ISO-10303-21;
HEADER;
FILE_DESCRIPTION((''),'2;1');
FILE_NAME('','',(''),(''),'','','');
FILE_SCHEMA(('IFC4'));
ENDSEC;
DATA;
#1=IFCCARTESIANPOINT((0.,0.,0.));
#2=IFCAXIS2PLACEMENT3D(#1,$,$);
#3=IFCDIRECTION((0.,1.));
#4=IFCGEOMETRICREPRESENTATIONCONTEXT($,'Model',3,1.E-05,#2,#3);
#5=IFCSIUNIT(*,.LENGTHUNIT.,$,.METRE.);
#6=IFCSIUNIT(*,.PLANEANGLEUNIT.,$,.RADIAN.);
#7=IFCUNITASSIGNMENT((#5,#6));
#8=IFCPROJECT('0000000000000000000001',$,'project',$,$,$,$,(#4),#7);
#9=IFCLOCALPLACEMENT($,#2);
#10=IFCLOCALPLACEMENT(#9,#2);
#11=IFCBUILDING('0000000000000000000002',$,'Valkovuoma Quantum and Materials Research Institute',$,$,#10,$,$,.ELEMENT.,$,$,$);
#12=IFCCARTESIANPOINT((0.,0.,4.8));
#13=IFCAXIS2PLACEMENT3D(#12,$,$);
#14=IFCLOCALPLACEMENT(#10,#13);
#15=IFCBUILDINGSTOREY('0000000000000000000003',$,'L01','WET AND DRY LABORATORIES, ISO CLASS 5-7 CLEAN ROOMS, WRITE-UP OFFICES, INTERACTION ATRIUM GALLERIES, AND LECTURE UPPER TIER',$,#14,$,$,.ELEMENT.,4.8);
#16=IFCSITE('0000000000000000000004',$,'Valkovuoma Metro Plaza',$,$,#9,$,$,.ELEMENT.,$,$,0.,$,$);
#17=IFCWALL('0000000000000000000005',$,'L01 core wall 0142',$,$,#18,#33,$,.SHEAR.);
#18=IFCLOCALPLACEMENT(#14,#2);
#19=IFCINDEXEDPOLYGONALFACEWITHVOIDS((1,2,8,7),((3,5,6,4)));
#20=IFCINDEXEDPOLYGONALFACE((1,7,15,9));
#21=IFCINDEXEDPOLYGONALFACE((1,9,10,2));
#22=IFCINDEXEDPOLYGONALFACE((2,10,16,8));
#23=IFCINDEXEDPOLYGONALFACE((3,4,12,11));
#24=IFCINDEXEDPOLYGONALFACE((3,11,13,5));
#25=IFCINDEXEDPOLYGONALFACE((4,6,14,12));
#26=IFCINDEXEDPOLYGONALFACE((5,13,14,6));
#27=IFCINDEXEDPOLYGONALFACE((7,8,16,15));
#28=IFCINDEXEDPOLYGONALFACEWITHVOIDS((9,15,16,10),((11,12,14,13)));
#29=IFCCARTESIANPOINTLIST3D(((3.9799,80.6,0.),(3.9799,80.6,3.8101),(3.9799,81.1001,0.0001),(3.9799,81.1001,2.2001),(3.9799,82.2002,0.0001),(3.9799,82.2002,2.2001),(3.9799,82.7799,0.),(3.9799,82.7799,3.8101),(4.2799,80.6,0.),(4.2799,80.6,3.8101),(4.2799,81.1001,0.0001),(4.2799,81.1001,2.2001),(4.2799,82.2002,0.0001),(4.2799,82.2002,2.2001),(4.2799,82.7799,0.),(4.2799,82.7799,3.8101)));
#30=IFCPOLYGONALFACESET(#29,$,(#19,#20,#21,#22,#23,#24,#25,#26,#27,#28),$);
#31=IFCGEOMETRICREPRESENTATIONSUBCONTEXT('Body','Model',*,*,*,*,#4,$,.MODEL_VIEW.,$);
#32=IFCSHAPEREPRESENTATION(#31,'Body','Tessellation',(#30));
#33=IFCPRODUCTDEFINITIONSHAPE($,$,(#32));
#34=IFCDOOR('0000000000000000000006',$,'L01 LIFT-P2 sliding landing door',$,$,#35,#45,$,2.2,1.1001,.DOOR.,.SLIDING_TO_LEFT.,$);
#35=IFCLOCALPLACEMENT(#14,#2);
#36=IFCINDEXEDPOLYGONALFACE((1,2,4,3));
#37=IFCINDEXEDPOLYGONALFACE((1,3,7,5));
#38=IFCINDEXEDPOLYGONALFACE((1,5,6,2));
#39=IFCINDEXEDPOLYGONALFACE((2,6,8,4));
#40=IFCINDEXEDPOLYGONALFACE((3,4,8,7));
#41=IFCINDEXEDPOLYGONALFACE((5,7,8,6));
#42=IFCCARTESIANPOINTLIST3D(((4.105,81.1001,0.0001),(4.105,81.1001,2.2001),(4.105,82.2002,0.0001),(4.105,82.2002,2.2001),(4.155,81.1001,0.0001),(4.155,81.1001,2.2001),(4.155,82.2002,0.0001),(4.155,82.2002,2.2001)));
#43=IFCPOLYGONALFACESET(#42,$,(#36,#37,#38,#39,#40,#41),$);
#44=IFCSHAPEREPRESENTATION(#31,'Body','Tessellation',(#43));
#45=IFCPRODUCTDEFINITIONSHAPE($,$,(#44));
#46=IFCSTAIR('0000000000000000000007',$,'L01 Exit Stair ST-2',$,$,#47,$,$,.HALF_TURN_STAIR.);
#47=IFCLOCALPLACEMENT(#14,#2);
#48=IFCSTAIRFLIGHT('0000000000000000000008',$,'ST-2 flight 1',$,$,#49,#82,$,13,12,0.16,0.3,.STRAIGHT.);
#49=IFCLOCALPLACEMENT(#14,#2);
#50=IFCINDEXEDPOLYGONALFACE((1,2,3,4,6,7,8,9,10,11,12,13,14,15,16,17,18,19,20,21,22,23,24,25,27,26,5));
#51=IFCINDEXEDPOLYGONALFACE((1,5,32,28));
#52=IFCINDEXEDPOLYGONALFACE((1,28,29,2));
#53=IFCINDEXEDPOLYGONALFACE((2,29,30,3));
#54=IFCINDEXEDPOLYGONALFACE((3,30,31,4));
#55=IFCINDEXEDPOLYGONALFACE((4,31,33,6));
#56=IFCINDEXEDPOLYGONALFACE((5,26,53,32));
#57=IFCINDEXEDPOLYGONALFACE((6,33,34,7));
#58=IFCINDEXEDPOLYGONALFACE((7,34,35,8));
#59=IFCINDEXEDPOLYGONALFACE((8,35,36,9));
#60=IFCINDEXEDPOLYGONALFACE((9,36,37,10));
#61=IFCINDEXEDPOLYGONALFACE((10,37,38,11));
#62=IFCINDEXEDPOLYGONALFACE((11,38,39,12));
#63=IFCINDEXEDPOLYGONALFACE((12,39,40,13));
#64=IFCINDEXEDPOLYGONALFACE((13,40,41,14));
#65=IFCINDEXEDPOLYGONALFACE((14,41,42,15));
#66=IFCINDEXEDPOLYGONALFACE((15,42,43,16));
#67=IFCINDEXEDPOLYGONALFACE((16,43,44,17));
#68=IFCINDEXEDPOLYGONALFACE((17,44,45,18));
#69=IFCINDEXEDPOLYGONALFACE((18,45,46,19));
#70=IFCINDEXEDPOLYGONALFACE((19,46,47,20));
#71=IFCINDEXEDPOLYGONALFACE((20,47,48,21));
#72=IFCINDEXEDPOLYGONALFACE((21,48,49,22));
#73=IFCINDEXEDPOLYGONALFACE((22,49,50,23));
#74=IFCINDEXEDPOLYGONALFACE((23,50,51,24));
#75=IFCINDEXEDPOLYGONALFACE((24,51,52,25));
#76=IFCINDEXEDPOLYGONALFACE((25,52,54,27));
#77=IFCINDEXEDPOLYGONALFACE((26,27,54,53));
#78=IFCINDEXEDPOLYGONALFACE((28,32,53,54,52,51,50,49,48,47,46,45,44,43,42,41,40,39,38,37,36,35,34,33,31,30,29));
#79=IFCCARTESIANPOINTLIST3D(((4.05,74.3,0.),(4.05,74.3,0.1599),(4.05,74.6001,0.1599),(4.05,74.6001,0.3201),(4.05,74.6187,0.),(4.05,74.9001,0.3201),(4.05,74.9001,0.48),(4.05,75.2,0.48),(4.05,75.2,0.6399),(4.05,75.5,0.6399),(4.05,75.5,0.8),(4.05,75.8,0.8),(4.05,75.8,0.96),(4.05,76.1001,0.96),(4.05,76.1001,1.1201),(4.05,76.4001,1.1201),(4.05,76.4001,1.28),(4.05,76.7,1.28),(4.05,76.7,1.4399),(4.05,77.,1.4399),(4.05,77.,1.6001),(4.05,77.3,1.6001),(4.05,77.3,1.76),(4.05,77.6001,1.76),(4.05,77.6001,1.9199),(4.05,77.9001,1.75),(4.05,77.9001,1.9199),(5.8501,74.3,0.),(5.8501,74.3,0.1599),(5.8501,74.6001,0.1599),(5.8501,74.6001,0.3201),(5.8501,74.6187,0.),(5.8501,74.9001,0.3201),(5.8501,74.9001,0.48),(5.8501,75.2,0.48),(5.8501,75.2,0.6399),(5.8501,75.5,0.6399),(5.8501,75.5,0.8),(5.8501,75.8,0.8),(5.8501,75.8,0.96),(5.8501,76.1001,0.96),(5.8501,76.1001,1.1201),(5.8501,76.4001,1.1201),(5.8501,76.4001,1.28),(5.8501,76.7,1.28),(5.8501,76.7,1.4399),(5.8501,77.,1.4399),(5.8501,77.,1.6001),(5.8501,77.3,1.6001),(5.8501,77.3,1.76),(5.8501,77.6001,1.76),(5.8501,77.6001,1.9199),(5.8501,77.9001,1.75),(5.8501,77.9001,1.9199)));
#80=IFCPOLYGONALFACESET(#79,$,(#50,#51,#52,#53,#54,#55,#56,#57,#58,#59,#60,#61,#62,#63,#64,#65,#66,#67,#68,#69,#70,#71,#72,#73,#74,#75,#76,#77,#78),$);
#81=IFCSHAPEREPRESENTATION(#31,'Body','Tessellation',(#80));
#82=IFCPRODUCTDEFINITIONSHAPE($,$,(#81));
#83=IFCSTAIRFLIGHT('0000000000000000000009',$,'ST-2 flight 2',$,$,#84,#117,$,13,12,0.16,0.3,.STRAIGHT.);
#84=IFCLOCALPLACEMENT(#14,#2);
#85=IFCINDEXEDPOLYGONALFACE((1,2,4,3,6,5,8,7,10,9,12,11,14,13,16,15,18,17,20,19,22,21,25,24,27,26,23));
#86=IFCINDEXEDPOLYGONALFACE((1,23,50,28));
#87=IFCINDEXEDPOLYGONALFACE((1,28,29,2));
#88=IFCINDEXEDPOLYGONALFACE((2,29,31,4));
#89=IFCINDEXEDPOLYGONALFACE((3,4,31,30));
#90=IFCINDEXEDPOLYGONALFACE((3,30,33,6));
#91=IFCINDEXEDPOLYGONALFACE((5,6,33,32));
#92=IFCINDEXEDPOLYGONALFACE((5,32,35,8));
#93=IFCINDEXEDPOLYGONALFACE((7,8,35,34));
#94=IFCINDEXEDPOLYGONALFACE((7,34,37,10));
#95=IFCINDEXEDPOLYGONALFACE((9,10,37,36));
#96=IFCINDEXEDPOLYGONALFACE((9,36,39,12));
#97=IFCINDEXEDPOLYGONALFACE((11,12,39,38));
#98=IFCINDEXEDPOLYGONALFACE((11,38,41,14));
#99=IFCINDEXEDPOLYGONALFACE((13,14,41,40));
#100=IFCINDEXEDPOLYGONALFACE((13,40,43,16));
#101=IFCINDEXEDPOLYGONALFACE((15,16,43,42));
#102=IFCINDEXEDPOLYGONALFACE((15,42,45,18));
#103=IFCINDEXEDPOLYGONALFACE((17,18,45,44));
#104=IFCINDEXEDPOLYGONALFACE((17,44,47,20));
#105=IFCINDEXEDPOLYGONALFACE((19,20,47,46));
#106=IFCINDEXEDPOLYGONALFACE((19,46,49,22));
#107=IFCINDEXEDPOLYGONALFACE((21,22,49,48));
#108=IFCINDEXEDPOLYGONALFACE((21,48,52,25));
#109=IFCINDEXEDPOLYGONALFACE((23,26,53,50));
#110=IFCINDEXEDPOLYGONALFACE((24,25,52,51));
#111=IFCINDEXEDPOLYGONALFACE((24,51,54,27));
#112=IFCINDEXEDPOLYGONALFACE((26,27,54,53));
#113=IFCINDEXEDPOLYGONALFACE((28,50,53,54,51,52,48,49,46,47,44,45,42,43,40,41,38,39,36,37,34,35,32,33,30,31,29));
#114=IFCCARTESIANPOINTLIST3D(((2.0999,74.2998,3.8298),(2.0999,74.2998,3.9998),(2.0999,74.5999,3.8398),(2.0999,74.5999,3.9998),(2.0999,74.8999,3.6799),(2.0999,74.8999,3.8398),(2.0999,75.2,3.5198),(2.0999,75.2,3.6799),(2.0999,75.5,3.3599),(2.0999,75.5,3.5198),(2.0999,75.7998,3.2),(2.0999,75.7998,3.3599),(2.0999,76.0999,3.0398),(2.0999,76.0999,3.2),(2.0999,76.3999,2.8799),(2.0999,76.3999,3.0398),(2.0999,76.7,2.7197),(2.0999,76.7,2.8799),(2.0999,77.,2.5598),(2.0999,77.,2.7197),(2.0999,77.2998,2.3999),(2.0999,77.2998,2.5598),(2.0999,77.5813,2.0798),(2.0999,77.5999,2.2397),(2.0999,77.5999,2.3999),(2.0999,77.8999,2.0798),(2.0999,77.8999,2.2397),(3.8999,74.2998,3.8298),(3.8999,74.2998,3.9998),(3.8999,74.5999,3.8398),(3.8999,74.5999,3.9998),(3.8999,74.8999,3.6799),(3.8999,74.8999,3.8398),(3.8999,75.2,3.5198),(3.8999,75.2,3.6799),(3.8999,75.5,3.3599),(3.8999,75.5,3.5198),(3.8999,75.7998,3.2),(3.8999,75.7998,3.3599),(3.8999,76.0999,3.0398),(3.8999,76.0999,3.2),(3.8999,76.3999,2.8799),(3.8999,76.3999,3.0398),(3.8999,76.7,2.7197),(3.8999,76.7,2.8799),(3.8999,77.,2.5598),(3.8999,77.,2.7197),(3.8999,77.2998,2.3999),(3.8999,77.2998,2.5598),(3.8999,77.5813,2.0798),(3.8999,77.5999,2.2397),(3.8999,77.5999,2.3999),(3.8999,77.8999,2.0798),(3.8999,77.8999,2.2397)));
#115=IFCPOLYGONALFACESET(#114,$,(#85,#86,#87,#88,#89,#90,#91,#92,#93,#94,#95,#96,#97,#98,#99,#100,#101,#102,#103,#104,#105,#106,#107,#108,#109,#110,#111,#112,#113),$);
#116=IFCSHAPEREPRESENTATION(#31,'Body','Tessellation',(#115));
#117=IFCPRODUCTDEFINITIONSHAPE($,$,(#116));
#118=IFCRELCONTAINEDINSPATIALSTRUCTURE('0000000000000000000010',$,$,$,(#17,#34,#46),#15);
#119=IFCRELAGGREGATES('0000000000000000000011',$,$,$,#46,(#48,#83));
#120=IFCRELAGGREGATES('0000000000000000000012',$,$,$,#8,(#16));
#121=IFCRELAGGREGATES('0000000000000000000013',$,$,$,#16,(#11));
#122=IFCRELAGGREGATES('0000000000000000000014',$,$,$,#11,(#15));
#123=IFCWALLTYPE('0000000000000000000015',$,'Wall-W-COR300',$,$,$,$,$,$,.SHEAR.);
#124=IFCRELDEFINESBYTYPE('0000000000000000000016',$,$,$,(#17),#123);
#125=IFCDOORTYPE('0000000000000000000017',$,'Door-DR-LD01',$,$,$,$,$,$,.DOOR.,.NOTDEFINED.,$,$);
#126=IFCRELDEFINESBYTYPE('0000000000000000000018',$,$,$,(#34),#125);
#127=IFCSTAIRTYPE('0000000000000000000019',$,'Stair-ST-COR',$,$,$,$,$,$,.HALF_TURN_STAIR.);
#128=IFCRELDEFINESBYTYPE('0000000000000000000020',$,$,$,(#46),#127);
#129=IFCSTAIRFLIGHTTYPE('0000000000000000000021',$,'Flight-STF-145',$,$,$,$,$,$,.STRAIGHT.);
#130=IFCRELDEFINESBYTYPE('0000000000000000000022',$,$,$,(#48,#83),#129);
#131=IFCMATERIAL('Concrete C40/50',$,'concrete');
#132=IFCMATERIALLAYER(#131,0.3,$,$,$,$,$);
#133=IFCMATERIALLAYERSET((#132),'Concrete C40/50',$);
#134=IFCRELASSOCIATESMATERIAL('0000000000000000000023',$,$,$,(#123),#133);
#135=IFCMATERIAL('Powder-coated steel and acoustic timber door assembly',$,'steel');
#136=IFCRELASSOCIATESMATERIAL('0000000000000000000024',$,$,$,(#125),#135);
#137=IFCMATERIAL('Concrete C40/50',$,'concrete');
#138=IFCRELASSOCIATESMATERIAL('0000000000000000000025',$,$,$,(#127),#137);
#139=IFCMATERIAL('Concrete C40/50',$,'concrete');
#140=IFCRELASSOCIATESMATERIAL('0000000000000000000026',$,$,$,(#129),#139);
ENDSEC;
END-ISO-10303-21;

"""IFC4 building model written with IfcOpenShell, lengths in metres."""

from ifc_helpers import new_model, si_unit, direction, frame, frame_2d, origin, place, context, subcontext, project, spatial, polyline, rectangle, outline, extrude, material, layer, layer_set, type_object, element, fill, aggregate, save


model = new_model("IFC4")

# Units and contexts
model_context = context("Model", 3, precision=1e-05, world=origin(), true_north=direction((0.0, 1.0)))
body_context = subcontext(model_context, "Body", "Model", "MODEL_VIEW")
ifc_project = project(units=[si_unit("LENGTHUNIT", "METRE"), si_unit("PLANEANGLEUNIT", "RADIAN")], contexts=[model_context])

# Site, building, storey
site_placement = place(None, origin())
site = spatial("IfcSite", under=ifc_project, at=site_placement, Name="Valkovuoma Metro Plaza", CompositionType="ELEMENT", RefElevation=0.0)
building_placement = place(site_placement, origin())
building = spatial("IfcBuilding", under=site, at=building_placement, Name="Valkovuoma Quantum and Materials Research Institute", CompositionType="ELEMENT")
storey_placement = place(building_placement, frame((0.0, 0.0, 4.8)))
storey = spatial("IfcBuildingStorey", under=building, at=storey_placement, Name="L01", Description="WET AND DRY LABORATORIES, ISO CLASS 5-7 CLEAN ROOMS, WRITE-UP OFFICES, INTERACTION ATRIUM GALLERIES, AND LECTURE UPPER TIER", CompositionType="ELEMENT", Elevation=4.8)

# Shared definitions
ifc_material_1 = material(Name="Concrete C40/50", Category="concrete")
ifc_layer_1 = layer(ifc_material_1, 0.3)
ifc_layer_set_1 = layer_set([ifc_layer_1], Name="Concrete C40/50")
wall_type = type_object("IfcWallType", Name="Wall-W-COR300", PredefinedType="SHEAR", material=ifc_layer_set_1)

# Wall, opening, door
wall_1_placement = place(storey_placement, frame((4.1299, 80.6001, 0.0), z_axis=(0.0, 0.0, 1.0), x_axis=(0.0, 1.0, 0.0)))
wall_1 = element("IfcWall", 1, at=wall_1_placement, inside=storey, type_object=wall_type, Name="L01 core wall 0142", PredefinedType="SHEAR", context=body_context, shape_type="SweptSolid", body=[
    extrude(rectangle(XDim=2.1799, YDim=0.3, at=frame_2d((1.0898, 0.0))), origin(), (0.0, 0.0, 1.0), 3.8101),
])
opening_1_placement = place(wall_1_placement, frame((0.5, 0.0, 0.0)))
opening_1 = element("IfcOpeningElement", 2, at=opening_1_placement, cuts=wall_1, PredefinedType="OPENING", context=body_context, shape_type="SweptSolid", body=[
    extrude(rectangle(XDim=1.1001, YDim=2.2, at=frame_2d((0.55, 1.1001))), frame((0.0, 0.1602, 0.0), z_axis=(0.0, -1.0, 0.0), x_axis=(1.0, 0.0, 0.0)), (0.0, 0.0, 1.0), 0.3201),
])
ifc_material_2 = material(Name="Powder-coated steel and acoustic timber door assembly", Category="steel")
door_type_1 = type_object("IfcDoorType", Name="Door-DR-LD01", OperationType="NOTDEFINED", PredefinedType="DOOR", material=ifc_material_2)
door_1_placement = place(opening_1_placement, origin())
door_1 = element("IfcDoor", 3, at=door_1_placement, inside=storey, type_object=door_type_1, Name="L01 LIFT-P2 sliding landing door", OperationType="SLIDING_TO_LEFT", OverallHeight=2.2, OverallWidth=1.1001, PredefinedType="DOOR", context=body_context, shape_type="SweptSolid", body=[
    extrude(rectangle(XDim=1.1001, YDim=2.2, at=frame_2d((0.55, 1.1001))), frame((0.0, 0.0249, 0.0), z_axis=(0.0, -1.0, 0.0), x_axis=(1.0, 0.0, 0.0)), (0.0, 0.0, 1.0), 0.05),
])
fill(opening_1, door_1)

# Stair, stair flights
ifc_material_3 = material(Name="Concrete C40/50", Category="concrete")
stair_type = type_object("IfcStairType", Name="Stair-ST-COR", PredefinedType="HALF_TURN_STAIR", material=ifc_material_3)
stair_placement = place(storey_placement, origin())
stair = element("IfcStair", 4, at=stair_placement, inside=storey, type_object=stair_type, Name="L01 Exit Stair ST-2", PredefinedType="HALF_TURN_STAIR")
ifc_material_4 = material(Name="Concrete C40/50", Category="concrete")
stair_flight_type = type_object("IfcStairFlightType", Name="Flight-STF-145", PredefinedType="STRAIGHT", material=ifc_material_4)
stair_flight_1_placement = place(storey_placement, frame((4.95, 74.3, 0.0), z_axis=(0.0, 0.0, 1.0), x_axis=(0.0, 1.0, 0.0)))
stair_flight_1 = element("IfcStairFlight", 5, at=stair_flight_1_placement, type_object=stair_flight_type, Name="ST-2 flight 1", NumberOfRisers=13, NumberOfTreads=12, PredefinedType="STRAIGHT", RiserHeight=0.16, TreadLength=0.3, context=body_context, shape_type="SweptSolid", body=[
    extrude(outline(polyline([(0.0, 0.0), (0.0, 0.1599), (0.3, 0.1599), (0.3, 0.3201), (0.6001, 0.3201), (0.6001, 0.48), (0.8999, 0.48), (0.8999, 0.6399), (1.2, 0.6399), (1.2, 0.8), (1.5, 0.8), (1.5, 0.96), (1.8, 0.96), (1.8, 1.1201), (2.1001, 1.1201), (2.1001, 1.28), (2.3999, 1.28), (2.3999, 1.4399), (2.7, 1.4399), (2.7, 1.6001), (3.0, 1.6001), (3.0, 1.76), (3.3, 1.76), (3.3, 1.9199), (3.6001, 1.9199), (3.6001, 2.0801), (3.6001, 1.75), (0.3186, 0.0), (0.0, 0.0)])), frame((0.0, 0.8999, 0.0), z_axis=(0.0, -1.0, 0.0), x_axis=(1.0, 0.0, 0.0)), (0.0, 0.0, 1.0), 1.8),
])
stair_flight_2_placement = place(storey_placement, frame((3.0, 77.8999, 2.0798), z_axis=(0.0, 0.0, 1.0), x_axis=(0.0, -1.0, 0.0)))
stair_flight_2 = element("IfcStairFlight", 6, at=stair_flight_2_placement, type_object=stair_flight_type, Name="ST-2 flight 2", NumberOfRisers=13, NumberOfTreads=12, PredefinedType="STRAIGHT", RiserHeight=0.16, TreadLength=0.3, context=body_context, shape_type="SweptSolid", body=[
    extrude(outline(polyline([(0.0, 0.0), (0.0, 0.1599), (0.3, 0.1599), (0.3, 0.3201), (0.6001, 0.3201), (0.6001, 0.48), (0.8999, 0.48), (0.8999, 0.6399), (1.2, 0.6399), (1.2, 0.8), (1.5, 0.8), (1.5, 0.96), (1.8, 0.96), (1.8, 1.1201), (2.1001, 1.1201), (2.1001, 1.28), (2.3999, 1.28), (2.3999, 1.4399), (2.7, 1.4399), (2.7, 1.6001), (3.0, 1.6001), (3.0, 1.76), (3.3, 1.76), (3.3, 1.9199), (3.6001, 1.9199), (3.6001, 2.0801), (3.6001, 1.75), (0.3186, 0.0), (0.0, 0.0)])), frame((0.0, 0.8999, 0.0), z_axis=(0.0, -1.0, 0.0), x_axis=(1.0, 0.0, 0.0)), (0.0, 0.0, 1.0), 1.8),
])
aggregate(stair, [stair_flight_1, stair_flight_2])

save(model, "model.ifc")
